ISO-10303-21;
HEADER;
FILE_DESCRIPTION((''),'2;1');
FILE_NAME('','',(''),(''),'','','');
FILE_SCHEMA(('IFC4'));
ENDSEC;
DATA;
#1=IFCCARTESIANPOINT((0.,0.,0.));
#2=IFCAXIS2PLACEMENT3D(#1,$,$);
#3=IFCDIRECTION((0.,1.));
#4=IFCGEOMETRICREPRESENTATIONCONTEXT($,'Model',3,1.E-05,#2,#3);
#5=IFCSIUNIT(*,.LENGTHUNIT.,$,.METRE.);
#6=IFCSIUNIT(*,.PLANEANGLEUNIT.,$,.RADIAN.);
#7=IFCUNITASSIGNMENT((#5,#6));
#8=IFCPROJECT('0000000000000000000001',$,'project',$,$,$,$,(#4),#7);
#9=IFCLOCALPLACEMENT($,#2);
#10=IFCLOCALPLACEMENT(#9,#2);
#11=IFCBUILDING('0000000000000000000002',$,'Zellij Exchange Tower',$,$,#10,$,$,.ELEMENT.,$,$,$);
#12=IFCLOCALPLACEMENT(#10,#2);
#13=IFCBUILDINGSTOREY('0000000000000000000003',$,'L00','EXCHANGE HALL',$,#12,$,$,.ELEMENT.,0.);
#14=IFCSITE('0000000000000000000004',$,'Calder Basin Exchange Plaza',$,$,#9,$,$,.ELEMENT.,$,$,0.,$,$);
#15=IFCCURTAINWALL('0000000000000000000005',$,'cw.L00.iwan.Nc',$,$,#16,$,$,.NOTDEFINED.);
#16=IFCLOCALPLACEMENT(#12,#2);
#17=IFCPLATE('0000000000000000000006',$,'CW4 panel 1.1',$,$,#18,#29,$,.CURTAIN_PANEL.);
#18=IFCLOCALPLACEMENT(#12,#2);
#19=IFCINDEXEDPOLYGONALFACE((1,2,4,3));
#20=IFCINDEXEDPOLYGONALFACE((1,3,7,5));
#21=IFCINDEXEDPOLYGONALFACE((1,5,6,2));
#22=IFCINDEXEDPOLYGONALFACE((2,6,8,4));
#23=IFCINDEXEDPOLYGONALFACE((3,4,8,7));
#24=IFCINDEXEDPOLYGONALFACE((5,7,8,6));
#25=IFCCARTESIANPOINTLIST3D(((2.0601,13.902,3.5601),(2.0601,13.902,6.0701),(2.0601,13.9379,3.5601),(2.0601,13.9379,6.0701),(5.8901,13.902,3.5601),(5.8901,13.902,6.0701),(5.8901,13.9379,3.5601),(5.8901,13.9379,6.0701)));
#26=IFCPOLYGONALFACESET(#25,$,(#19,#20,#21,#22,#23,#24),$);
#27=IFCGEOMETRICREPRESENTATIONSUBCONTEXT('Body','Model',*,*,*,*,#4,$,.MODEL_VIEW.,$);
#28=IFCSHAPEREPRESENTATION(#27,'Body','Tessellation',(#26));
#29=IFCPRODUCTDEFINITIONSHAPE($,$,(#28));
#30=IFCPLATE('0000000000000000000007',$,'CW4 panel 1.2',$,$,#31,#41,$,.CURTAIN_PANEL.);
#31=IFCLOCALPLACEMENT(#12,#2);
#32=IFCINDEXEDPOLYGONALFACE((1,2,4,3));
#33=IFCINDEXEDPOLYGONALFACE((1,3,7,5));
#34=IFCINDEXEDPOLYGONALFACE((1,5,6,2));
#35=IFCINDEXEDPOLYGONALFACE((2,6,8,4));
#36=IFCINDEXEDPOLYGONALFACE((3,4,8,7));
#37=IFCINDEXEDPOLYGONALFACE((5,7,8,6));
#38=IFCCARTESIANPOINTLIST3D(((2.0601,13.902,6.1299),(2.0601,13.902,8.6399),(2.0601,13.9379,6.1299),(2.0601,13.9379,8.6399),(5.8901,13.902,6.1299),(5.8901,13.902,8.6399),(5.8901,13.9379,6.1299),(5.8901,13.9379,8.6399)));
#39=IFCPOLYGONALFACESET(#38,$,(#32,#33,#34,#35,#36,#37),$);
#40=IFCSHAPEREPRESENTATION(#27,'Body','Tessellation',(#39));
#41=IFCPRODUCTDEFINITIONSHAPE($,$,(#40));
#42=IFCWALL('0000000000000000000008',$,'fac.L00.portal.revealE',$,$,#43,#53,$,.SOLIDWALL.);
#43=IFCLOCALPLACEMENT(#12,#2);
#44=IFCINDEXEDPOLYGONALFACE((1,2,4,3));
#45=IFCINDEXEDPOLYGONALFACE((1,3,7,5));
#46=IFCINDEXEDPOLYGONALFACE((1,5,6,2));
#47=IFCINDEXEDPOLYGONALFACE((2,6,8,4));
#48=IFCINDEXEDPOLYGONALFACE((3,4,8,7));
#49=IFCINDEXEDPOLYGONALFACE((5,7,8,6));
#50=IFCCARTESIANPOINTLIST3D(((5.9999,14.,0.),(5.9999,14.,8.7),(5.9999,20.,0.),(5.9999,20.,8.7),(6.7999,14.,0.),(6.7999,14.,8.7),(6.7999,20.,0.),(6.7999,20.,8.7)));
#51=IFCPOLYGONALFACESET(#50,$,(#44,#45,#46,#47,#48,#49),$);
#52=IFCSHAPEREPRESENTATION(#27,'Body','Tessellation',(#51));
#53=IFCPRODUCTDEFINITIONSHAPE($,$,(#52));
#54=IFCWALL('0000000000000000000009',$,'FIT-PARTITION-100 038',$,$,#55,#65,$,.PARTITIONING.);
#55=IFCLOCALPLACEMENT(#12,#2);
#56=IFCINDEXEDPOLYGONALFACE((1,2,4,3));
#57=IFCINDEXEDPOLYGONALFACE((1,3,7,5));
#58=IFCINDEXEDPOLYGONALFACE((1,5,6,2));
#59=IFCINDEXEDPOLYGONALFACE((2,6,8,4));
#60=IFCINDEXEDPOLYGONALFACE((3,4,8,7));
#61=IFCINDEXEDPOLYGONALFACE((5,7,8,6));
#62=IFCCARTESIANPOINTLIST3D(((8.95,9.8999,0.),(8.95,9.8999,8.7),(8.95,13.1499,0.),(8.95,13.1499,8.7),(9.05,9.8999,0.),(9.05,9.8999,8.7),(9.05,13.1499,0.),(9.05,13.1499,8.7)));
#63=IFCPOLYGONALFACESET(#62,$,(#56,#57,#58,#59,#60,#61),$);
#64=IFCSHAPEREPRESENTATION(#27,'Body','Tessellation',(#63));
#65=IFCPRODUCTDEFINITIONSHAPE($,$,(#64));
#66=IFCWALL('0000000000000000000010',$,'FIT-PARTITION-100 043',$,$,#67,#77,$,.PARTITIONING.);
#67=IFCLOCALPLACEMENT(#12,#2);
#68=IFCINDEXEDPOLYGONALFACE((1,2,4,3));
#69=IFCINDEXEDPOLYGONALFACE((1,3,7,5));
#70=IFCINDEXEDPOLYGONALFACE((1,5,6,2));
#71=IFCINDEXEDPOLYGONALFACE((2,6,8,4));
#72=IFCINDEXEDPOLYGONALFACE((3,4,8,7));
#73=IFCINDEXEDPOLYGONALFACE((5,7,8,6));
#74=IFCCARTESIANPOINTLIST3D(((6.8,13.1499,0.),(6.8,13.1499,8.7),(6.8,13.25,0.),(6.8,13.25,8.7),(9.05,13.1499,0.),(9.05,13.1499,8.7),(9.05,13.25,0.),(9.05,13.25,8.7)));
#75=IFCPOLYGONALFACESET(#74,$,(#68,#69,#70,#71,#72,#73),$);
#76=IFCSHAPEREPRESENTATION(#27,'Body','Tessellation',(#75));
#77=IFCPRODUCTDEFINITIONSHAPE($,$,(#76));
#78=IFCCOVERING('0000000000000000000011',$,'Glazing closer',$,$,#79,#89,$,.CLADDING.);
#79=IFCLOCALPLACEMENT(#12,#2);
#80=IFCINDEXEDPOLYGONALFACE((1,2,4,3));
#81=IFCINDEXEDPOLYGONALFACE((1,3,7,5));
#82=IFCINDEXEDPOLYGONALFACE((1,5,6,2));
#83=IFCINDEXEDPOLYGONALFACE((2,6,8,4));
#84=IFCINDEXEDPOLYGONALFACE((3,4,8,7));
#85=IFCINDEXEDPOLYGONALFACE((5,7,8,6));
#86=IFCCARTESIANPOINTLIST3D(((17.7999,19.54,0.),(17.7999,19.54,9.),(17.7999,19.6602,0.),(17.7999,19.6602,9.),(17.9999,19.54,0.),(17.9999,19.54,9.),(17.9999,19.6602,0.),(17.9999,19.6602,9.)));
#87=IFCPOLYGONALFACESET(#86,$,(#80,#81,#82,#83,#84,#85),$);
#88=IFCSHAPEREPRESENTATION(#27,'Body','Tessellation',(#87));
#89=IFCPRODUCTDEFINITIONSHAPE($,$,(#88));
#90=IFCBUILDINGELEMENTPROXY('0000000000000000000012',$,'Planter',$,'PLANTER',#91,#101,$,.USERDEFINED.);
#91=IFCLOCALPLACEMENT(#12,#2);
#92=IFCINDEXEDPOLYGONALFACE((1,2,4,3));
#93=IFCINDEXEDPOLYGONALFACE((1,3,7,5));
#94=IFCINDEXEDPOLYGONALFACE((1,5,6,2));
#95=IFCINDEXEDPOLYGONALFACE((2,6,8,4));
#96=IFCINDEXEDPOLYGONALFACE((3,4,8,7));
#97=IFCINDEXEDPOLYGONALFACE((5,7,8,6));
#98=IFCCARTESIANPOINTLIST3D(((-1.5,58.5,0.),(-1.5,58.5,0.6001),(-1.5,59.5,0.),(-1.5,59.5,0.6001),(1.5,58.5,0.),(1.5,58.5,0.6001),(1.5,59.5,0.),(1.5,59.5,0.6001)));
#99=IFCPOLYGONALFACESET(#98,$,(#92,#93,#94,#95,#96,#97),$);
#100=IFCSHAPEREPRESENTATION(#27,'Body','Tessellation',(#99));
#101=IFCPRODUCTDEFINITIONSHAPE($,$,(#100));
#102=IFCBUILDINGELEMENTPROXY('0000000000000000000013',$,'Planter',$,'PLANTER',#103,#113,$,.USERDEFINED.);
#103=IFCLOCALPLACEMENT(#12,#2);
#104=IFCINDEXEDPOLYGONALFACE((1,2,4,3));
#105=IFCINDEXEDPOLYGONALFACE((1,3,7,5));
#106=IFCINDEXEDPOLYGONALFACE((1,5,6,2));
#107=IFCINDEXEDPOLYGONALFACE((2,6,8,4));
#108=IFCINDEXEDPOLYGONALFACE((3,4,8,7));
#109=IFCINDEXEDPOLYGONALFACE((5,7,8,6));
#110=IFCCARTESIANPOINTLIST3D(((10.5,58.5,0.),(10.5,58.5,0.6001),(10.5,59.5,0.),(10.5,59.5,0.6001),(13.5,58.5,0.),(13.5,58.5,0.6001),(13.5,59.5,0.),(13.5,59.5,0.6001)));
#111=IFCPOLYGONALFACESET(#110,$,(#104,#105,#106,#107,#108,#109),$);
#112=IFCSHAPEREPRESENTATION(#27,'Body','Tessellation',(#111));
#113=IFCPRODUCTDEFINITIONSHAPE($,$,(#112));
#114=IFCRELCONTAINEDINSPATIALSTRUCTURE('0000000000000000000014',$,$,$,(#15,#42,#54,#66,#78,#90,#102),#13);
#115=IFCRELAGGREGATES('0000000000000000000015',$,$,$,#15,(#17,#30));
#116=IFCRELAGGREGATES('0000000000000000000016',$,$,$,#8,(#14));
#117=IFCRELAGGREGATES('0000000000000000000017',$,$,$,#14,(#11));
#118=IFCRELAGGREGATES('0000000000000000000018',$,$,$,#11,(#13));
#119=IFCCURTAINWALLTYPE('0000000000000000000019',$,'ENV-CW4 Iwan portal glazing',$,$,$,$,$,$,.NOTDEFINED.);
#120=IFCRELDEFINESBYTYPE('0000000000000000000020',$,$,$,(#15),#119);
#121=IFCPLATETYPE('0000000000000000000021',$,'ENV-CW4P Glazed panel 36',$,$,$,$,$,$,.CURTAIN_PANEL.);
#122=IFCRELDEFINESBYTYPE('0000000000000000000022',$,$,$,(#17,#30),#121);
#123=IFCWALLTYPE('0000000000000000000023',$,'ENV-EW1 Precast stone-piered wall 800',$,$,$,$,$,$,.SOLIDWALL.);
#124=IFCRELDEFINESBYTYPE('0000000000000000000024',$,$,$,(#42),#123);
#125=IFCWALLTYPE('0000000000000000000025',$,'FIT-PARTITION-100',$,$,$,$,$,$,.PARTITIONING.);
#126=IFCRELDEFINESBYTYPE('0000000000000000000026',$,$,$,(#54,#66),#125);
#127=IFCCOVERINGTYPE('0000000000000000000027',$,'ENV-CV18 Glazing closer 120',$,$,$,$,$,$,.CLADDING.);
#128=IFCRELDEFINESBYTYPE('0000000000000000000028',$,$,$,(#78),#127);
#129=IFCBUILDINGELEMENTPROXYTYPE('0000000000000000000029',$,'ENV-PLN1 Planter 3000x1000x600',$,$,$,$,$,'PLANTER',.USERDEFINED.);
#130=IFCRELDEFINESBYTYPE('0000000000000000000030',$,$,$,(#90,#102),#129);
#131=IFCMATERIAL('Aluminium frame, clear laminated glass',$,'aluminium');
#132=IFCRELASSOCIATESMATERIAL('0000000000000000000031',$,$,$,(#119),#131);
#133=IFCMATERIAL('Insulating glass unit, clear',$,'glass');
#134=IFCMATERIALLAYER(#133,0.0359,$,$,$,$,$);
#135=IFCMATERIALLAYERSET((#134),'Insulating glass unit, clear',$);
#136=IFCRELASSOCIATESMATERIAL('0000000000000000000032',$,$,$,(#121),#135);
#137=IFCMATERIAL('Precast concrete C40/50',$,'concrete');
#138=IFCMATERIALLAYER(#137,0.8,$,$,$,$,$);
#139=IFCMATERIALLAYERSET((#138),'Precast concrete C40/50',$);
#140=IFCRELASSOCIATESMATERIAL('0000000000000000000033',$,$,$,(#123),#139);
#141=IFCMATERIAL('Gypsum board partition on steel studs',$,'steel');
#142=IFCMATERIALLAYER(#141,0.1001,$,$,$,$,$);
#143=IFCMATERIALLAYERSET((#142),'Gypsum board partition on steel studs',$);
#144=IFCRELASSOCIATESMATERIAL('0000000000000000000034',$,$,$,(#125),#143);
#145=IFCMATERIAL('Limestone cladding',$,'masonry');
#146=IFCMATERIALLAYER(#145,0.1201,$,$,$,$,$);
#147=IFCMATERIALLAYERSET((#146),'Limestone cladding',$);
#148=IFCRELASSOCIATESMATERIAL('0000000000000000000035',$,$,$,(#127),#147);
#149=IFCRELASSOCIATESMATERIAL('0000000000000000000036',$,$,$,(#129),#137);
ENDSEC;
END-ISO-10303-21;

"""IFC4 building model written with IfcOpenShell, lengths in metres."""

from ifc_helpers import new_model, si_unit, direction, frame, frame_2d, origin, origin_2d, place, context, subcontext, project, spatial, rectangle, extrude, material, layer, layer_set, type_object, element, aggregate, save


model = new_model("IFC4")

# Units and contexts
model_context = context("Model", 3, precision=1e-05, world=origin(), true_north=direction((0.0, 1.0)))
body_context = subcontext(model_context, "Body", "Model", "MODEL_VIEW")
ifc_project = project(units=[si_unit("LENGTHUNIT", "METRE"), si_unit("PLANEANGLEUNIT", "RADIAN")], contexts=[model_context])

# Site, building, storey
site_placement = place(None, origin())
site = spatial("IfcSite", under=ifc_project, at=site_placement, Name="Calder Basin Exchange Plaza", CompositionType="ELEMENT", RefElevation=0.0)
building_placement = place(site_placement, origin())
building = spatial("IfcBuilding", under=site, at=building_placement, Name="Zellij Exchange Tower", CompositionType="ELEMENT")
storey_placement = place(building_placement, origin())
storey = spatial("IfcBuildingStorey", under=building, at=storey_placement, Name="L00", Description="EXCHANGE HALL", CompositionType="ELEMENT", Elevation=0.0)

# Shared definitions
ifc_material_1 = material(Name="Aluminium frame, clear laminated glass", Category="aluminium")
curtain_wall_type_1 = type_object("IfcCurtainWallType", Name="ENV-CW4 Iwan portal glazing", PredefinedType="NOTDEFINED", material=ifc_material_1)

# Curtain wall
curtain_wall_1_placement = place(storey_placement, origin())
curtain_wall_1 = element("IfcCurtainWall", 1, at=curtain_wall_1_placement, inside=storey, type_object=curtain_wall_type_1, Name="cw.L00.iwan.Nc", PredefinedType="NOTDEFINED")

# Plates
ifc_material_2 = material(Name="Insulating glass unit, clear", Category="glass")
ifc_layer_1 = layer(ifc_material_2, 0.0359)
ifc_layer_set_1 = layer_set([ifc_layer_1], Name="Insulating glass unit, clear")
plate_type_1 = type_object("IfcPlateType", Name="ENV-CW4P Glazed panel 36", PredefinedType="CURTAIN_PANEL", material=ifc_layer_set_1)
plate_1_placement = place(storey_placement, frame((3.9751, 13.9199, 3.5601), z_axis=(0.0, 0.0, 1.0), x_axis=(1.0, 0.0, 0.0)))
plate_1 = element("IfcPlate", 2, at=plate_1_placement, type_object=plate_type_1, Name="CW4 panel 1.1", PredefinedType="CURTAIN_PANEL", context=body_context, shape_type="SweptSolid", body=[
    extrude(rectangle(XDim=3.8301, YDim=0.0359, at=origin_2d()), origin(), (0.0, 0.0, 1.0), 2.51),
])
plate_2_placement = place(storey_placement, frame((3.9751, 13.9199, 6.1299), z_axis=(0.0, 0.0, 1.0), x_axis=(1.0, 0.0, 0.0)))
plate_2 = element("IfcPlate", 3, at=plate_2_placement, type_object=plate_type_1, Name="CW4 panel 1.2", PredefinedType="CURTAIN_PANEL", context=body_context, shape_type="SweptSolid", body=[
    extrude(rectangle(XDim=3.8301, YDim=0.0359, at=origin_2d()), origin(), (0.0, 0.0, 1.0), 2.51),
])
aggregate(curtain_wall_1, [plate_1, plate_2])

# Walls
ifc_material_3 = material(Name="Precast concrete C40/50", Category="concrete")
ifc_layer_2 = layer(ifc_material_3, 0.8)
ifc_layer_set_2 = layer_set([ifc_layer_2], Name="Precast concrete C40/50")
wall_type_1 = type_object("IfcWallType", Name="ENV-EW1 Precast stone-piered wall 800", PredefinedType="SOLIDWALL", material=ifc_layer_set_2)
wall_1_placement = place(storey_placement, frame((6.3999, 14.0, 0.0), z_axis=(0.0, 0.0, 1.0), x_axis=(0.0, 1.0, 0.0)))
element("IfcWall", 4, at=wall_1_placement, inside=storey, type_object=wall_type_1, Name="fac.L00.portal.revealE", PredefinedType="SOLIDWALL", context=body_context, shape_type="SweptSolid", body=[
    extrude(rectangle(XDim=6.0, YDim=0.8, at=frame_2d((3.0, 0.0))), origin(), (0.0, 0.0, 1.0), 8.7),
])
ifc_material_4 = material(Name="Gypsum board partition on steel studs", Category="steel")
ifc_layer_3 = layer(ifc_material_4, 0.1001)
ifc_layer_set_3 = layer_set([ifc_layer_3], Name="Gypsum board partition on steel studs")
wall_type_2 = type_object("IfcWallType", Name="FIT-PARTITION-100", PredefinedType="PARTITIONING", material=ifc_layer_set_3)
wall_2_placement = place(storey_placement, frame((9.0, 9.8999, 0.0), z_axis=(0.0, 0.0, 1.0), x_axis=(0.0, 1.0, 0.0)))
element("IfcWall", 5, at=wall_2_placement, inside=storey, type_object=wall_type_2, Name="FIT-PARTITION-100 038", PredefinedType="PARTITIONING", context=body_context, shape_type="SweptSolid", body=[
    extrude(rectangle(XDim=3.25, YDim=0.1001, at=frame_2d((1.625, 0.0))), origin(), (0.0, 0.0, 1.0), 8.7),
])
wall_3_placement = place(storey_placement, frame((6.8, 13.2, 0.0), z_axis=(0.0, 0.0, 1.0), x_axis=(1.0, 0.0, 0.0)))
element("IfcWall", 6, at=wall_3_placement, inside=storey, type_object=wall_type_2, Name="FIT-PARTITION-100 043", PredefinedType="PARTITIONING", context=body_context, shape_type="SweptSolid", body=[
    extrude(rectangle(XDim=2.25, YDim=0.1001, at=frame_2d((1.125, 0.0))), origin(), (0.0, 0.0, 1.0), 8.7),
])

# Covering
ifc_material_5 = material(Name="Limestone cladding", Category="masonry")
ifc_layer_4 = layer(ifc_material_5, 0.1201)
ifc_layer_set_4 = layer_set([ifc_layer_4], Name="Limestone cladding")
covering_type = type_object("IfcCoveringType", Name="ENV-CV18 Glazing closer 120", PredefinedType="CLADDING", material=ifc_layer_set_4)
covering_placement = place(storey_placement, frame((17.8999, 19.6001, 0.0), z_axis=(0.0, 0.0, 1.0), x_axis=(1.0, 0.0, 0.0)))
element("IfcCovering", 7, at=covering_placement, inside=storey, type_object=covering_type, Name="Glazing closer", PredefinedType="CLADDING", context=body_context, shape_type="SweptSolid", body=[
    extrude(rectangle(XDim=0.2, YDim=0.1201, at=origin_2d()), origin(), (0.0, 0.0, 1.0), 9.0),
])

# Building element proxies
building_element_proxy_type = type_object("IfcBuildingElementProxyType", Name="ENV-PLN1 Planter 3000x1000x600", ElementType="PLANTER", PredefinedType="USERDEFINED", material=ifc_material_3)
for number, where, z_axis, x_axis, name in (
    (8, (0.0, 59.0, 0.0), (0.0, 0.0, 1.0), (1.0, 0.0, 0.0), "Planter"),
    (9, (12.0, 59.0, 0.0), (0.0, 0.0, 1.0), (1.0, 0.0, 0.0), "Planter"),
):
    element("IfcBuildingElementProxy", number, at=place(storey_placement, frame(where, z_axis=z_axis, x_axis=x_axis)), inside=storey, type_object=building_element_proxy_type, Name=name, ObjectType="PLANTER", PredefinedType="USERDEFINED", context=body_context, shape_type="SweptSolid", body=[
        extrude(rectangle(XDim=3.0, YDim=1.0, at=origin_2d()), origin(), (0.0, 0.0, 1.0), 0.6001),
    ])

save(model, "model.ifc")
